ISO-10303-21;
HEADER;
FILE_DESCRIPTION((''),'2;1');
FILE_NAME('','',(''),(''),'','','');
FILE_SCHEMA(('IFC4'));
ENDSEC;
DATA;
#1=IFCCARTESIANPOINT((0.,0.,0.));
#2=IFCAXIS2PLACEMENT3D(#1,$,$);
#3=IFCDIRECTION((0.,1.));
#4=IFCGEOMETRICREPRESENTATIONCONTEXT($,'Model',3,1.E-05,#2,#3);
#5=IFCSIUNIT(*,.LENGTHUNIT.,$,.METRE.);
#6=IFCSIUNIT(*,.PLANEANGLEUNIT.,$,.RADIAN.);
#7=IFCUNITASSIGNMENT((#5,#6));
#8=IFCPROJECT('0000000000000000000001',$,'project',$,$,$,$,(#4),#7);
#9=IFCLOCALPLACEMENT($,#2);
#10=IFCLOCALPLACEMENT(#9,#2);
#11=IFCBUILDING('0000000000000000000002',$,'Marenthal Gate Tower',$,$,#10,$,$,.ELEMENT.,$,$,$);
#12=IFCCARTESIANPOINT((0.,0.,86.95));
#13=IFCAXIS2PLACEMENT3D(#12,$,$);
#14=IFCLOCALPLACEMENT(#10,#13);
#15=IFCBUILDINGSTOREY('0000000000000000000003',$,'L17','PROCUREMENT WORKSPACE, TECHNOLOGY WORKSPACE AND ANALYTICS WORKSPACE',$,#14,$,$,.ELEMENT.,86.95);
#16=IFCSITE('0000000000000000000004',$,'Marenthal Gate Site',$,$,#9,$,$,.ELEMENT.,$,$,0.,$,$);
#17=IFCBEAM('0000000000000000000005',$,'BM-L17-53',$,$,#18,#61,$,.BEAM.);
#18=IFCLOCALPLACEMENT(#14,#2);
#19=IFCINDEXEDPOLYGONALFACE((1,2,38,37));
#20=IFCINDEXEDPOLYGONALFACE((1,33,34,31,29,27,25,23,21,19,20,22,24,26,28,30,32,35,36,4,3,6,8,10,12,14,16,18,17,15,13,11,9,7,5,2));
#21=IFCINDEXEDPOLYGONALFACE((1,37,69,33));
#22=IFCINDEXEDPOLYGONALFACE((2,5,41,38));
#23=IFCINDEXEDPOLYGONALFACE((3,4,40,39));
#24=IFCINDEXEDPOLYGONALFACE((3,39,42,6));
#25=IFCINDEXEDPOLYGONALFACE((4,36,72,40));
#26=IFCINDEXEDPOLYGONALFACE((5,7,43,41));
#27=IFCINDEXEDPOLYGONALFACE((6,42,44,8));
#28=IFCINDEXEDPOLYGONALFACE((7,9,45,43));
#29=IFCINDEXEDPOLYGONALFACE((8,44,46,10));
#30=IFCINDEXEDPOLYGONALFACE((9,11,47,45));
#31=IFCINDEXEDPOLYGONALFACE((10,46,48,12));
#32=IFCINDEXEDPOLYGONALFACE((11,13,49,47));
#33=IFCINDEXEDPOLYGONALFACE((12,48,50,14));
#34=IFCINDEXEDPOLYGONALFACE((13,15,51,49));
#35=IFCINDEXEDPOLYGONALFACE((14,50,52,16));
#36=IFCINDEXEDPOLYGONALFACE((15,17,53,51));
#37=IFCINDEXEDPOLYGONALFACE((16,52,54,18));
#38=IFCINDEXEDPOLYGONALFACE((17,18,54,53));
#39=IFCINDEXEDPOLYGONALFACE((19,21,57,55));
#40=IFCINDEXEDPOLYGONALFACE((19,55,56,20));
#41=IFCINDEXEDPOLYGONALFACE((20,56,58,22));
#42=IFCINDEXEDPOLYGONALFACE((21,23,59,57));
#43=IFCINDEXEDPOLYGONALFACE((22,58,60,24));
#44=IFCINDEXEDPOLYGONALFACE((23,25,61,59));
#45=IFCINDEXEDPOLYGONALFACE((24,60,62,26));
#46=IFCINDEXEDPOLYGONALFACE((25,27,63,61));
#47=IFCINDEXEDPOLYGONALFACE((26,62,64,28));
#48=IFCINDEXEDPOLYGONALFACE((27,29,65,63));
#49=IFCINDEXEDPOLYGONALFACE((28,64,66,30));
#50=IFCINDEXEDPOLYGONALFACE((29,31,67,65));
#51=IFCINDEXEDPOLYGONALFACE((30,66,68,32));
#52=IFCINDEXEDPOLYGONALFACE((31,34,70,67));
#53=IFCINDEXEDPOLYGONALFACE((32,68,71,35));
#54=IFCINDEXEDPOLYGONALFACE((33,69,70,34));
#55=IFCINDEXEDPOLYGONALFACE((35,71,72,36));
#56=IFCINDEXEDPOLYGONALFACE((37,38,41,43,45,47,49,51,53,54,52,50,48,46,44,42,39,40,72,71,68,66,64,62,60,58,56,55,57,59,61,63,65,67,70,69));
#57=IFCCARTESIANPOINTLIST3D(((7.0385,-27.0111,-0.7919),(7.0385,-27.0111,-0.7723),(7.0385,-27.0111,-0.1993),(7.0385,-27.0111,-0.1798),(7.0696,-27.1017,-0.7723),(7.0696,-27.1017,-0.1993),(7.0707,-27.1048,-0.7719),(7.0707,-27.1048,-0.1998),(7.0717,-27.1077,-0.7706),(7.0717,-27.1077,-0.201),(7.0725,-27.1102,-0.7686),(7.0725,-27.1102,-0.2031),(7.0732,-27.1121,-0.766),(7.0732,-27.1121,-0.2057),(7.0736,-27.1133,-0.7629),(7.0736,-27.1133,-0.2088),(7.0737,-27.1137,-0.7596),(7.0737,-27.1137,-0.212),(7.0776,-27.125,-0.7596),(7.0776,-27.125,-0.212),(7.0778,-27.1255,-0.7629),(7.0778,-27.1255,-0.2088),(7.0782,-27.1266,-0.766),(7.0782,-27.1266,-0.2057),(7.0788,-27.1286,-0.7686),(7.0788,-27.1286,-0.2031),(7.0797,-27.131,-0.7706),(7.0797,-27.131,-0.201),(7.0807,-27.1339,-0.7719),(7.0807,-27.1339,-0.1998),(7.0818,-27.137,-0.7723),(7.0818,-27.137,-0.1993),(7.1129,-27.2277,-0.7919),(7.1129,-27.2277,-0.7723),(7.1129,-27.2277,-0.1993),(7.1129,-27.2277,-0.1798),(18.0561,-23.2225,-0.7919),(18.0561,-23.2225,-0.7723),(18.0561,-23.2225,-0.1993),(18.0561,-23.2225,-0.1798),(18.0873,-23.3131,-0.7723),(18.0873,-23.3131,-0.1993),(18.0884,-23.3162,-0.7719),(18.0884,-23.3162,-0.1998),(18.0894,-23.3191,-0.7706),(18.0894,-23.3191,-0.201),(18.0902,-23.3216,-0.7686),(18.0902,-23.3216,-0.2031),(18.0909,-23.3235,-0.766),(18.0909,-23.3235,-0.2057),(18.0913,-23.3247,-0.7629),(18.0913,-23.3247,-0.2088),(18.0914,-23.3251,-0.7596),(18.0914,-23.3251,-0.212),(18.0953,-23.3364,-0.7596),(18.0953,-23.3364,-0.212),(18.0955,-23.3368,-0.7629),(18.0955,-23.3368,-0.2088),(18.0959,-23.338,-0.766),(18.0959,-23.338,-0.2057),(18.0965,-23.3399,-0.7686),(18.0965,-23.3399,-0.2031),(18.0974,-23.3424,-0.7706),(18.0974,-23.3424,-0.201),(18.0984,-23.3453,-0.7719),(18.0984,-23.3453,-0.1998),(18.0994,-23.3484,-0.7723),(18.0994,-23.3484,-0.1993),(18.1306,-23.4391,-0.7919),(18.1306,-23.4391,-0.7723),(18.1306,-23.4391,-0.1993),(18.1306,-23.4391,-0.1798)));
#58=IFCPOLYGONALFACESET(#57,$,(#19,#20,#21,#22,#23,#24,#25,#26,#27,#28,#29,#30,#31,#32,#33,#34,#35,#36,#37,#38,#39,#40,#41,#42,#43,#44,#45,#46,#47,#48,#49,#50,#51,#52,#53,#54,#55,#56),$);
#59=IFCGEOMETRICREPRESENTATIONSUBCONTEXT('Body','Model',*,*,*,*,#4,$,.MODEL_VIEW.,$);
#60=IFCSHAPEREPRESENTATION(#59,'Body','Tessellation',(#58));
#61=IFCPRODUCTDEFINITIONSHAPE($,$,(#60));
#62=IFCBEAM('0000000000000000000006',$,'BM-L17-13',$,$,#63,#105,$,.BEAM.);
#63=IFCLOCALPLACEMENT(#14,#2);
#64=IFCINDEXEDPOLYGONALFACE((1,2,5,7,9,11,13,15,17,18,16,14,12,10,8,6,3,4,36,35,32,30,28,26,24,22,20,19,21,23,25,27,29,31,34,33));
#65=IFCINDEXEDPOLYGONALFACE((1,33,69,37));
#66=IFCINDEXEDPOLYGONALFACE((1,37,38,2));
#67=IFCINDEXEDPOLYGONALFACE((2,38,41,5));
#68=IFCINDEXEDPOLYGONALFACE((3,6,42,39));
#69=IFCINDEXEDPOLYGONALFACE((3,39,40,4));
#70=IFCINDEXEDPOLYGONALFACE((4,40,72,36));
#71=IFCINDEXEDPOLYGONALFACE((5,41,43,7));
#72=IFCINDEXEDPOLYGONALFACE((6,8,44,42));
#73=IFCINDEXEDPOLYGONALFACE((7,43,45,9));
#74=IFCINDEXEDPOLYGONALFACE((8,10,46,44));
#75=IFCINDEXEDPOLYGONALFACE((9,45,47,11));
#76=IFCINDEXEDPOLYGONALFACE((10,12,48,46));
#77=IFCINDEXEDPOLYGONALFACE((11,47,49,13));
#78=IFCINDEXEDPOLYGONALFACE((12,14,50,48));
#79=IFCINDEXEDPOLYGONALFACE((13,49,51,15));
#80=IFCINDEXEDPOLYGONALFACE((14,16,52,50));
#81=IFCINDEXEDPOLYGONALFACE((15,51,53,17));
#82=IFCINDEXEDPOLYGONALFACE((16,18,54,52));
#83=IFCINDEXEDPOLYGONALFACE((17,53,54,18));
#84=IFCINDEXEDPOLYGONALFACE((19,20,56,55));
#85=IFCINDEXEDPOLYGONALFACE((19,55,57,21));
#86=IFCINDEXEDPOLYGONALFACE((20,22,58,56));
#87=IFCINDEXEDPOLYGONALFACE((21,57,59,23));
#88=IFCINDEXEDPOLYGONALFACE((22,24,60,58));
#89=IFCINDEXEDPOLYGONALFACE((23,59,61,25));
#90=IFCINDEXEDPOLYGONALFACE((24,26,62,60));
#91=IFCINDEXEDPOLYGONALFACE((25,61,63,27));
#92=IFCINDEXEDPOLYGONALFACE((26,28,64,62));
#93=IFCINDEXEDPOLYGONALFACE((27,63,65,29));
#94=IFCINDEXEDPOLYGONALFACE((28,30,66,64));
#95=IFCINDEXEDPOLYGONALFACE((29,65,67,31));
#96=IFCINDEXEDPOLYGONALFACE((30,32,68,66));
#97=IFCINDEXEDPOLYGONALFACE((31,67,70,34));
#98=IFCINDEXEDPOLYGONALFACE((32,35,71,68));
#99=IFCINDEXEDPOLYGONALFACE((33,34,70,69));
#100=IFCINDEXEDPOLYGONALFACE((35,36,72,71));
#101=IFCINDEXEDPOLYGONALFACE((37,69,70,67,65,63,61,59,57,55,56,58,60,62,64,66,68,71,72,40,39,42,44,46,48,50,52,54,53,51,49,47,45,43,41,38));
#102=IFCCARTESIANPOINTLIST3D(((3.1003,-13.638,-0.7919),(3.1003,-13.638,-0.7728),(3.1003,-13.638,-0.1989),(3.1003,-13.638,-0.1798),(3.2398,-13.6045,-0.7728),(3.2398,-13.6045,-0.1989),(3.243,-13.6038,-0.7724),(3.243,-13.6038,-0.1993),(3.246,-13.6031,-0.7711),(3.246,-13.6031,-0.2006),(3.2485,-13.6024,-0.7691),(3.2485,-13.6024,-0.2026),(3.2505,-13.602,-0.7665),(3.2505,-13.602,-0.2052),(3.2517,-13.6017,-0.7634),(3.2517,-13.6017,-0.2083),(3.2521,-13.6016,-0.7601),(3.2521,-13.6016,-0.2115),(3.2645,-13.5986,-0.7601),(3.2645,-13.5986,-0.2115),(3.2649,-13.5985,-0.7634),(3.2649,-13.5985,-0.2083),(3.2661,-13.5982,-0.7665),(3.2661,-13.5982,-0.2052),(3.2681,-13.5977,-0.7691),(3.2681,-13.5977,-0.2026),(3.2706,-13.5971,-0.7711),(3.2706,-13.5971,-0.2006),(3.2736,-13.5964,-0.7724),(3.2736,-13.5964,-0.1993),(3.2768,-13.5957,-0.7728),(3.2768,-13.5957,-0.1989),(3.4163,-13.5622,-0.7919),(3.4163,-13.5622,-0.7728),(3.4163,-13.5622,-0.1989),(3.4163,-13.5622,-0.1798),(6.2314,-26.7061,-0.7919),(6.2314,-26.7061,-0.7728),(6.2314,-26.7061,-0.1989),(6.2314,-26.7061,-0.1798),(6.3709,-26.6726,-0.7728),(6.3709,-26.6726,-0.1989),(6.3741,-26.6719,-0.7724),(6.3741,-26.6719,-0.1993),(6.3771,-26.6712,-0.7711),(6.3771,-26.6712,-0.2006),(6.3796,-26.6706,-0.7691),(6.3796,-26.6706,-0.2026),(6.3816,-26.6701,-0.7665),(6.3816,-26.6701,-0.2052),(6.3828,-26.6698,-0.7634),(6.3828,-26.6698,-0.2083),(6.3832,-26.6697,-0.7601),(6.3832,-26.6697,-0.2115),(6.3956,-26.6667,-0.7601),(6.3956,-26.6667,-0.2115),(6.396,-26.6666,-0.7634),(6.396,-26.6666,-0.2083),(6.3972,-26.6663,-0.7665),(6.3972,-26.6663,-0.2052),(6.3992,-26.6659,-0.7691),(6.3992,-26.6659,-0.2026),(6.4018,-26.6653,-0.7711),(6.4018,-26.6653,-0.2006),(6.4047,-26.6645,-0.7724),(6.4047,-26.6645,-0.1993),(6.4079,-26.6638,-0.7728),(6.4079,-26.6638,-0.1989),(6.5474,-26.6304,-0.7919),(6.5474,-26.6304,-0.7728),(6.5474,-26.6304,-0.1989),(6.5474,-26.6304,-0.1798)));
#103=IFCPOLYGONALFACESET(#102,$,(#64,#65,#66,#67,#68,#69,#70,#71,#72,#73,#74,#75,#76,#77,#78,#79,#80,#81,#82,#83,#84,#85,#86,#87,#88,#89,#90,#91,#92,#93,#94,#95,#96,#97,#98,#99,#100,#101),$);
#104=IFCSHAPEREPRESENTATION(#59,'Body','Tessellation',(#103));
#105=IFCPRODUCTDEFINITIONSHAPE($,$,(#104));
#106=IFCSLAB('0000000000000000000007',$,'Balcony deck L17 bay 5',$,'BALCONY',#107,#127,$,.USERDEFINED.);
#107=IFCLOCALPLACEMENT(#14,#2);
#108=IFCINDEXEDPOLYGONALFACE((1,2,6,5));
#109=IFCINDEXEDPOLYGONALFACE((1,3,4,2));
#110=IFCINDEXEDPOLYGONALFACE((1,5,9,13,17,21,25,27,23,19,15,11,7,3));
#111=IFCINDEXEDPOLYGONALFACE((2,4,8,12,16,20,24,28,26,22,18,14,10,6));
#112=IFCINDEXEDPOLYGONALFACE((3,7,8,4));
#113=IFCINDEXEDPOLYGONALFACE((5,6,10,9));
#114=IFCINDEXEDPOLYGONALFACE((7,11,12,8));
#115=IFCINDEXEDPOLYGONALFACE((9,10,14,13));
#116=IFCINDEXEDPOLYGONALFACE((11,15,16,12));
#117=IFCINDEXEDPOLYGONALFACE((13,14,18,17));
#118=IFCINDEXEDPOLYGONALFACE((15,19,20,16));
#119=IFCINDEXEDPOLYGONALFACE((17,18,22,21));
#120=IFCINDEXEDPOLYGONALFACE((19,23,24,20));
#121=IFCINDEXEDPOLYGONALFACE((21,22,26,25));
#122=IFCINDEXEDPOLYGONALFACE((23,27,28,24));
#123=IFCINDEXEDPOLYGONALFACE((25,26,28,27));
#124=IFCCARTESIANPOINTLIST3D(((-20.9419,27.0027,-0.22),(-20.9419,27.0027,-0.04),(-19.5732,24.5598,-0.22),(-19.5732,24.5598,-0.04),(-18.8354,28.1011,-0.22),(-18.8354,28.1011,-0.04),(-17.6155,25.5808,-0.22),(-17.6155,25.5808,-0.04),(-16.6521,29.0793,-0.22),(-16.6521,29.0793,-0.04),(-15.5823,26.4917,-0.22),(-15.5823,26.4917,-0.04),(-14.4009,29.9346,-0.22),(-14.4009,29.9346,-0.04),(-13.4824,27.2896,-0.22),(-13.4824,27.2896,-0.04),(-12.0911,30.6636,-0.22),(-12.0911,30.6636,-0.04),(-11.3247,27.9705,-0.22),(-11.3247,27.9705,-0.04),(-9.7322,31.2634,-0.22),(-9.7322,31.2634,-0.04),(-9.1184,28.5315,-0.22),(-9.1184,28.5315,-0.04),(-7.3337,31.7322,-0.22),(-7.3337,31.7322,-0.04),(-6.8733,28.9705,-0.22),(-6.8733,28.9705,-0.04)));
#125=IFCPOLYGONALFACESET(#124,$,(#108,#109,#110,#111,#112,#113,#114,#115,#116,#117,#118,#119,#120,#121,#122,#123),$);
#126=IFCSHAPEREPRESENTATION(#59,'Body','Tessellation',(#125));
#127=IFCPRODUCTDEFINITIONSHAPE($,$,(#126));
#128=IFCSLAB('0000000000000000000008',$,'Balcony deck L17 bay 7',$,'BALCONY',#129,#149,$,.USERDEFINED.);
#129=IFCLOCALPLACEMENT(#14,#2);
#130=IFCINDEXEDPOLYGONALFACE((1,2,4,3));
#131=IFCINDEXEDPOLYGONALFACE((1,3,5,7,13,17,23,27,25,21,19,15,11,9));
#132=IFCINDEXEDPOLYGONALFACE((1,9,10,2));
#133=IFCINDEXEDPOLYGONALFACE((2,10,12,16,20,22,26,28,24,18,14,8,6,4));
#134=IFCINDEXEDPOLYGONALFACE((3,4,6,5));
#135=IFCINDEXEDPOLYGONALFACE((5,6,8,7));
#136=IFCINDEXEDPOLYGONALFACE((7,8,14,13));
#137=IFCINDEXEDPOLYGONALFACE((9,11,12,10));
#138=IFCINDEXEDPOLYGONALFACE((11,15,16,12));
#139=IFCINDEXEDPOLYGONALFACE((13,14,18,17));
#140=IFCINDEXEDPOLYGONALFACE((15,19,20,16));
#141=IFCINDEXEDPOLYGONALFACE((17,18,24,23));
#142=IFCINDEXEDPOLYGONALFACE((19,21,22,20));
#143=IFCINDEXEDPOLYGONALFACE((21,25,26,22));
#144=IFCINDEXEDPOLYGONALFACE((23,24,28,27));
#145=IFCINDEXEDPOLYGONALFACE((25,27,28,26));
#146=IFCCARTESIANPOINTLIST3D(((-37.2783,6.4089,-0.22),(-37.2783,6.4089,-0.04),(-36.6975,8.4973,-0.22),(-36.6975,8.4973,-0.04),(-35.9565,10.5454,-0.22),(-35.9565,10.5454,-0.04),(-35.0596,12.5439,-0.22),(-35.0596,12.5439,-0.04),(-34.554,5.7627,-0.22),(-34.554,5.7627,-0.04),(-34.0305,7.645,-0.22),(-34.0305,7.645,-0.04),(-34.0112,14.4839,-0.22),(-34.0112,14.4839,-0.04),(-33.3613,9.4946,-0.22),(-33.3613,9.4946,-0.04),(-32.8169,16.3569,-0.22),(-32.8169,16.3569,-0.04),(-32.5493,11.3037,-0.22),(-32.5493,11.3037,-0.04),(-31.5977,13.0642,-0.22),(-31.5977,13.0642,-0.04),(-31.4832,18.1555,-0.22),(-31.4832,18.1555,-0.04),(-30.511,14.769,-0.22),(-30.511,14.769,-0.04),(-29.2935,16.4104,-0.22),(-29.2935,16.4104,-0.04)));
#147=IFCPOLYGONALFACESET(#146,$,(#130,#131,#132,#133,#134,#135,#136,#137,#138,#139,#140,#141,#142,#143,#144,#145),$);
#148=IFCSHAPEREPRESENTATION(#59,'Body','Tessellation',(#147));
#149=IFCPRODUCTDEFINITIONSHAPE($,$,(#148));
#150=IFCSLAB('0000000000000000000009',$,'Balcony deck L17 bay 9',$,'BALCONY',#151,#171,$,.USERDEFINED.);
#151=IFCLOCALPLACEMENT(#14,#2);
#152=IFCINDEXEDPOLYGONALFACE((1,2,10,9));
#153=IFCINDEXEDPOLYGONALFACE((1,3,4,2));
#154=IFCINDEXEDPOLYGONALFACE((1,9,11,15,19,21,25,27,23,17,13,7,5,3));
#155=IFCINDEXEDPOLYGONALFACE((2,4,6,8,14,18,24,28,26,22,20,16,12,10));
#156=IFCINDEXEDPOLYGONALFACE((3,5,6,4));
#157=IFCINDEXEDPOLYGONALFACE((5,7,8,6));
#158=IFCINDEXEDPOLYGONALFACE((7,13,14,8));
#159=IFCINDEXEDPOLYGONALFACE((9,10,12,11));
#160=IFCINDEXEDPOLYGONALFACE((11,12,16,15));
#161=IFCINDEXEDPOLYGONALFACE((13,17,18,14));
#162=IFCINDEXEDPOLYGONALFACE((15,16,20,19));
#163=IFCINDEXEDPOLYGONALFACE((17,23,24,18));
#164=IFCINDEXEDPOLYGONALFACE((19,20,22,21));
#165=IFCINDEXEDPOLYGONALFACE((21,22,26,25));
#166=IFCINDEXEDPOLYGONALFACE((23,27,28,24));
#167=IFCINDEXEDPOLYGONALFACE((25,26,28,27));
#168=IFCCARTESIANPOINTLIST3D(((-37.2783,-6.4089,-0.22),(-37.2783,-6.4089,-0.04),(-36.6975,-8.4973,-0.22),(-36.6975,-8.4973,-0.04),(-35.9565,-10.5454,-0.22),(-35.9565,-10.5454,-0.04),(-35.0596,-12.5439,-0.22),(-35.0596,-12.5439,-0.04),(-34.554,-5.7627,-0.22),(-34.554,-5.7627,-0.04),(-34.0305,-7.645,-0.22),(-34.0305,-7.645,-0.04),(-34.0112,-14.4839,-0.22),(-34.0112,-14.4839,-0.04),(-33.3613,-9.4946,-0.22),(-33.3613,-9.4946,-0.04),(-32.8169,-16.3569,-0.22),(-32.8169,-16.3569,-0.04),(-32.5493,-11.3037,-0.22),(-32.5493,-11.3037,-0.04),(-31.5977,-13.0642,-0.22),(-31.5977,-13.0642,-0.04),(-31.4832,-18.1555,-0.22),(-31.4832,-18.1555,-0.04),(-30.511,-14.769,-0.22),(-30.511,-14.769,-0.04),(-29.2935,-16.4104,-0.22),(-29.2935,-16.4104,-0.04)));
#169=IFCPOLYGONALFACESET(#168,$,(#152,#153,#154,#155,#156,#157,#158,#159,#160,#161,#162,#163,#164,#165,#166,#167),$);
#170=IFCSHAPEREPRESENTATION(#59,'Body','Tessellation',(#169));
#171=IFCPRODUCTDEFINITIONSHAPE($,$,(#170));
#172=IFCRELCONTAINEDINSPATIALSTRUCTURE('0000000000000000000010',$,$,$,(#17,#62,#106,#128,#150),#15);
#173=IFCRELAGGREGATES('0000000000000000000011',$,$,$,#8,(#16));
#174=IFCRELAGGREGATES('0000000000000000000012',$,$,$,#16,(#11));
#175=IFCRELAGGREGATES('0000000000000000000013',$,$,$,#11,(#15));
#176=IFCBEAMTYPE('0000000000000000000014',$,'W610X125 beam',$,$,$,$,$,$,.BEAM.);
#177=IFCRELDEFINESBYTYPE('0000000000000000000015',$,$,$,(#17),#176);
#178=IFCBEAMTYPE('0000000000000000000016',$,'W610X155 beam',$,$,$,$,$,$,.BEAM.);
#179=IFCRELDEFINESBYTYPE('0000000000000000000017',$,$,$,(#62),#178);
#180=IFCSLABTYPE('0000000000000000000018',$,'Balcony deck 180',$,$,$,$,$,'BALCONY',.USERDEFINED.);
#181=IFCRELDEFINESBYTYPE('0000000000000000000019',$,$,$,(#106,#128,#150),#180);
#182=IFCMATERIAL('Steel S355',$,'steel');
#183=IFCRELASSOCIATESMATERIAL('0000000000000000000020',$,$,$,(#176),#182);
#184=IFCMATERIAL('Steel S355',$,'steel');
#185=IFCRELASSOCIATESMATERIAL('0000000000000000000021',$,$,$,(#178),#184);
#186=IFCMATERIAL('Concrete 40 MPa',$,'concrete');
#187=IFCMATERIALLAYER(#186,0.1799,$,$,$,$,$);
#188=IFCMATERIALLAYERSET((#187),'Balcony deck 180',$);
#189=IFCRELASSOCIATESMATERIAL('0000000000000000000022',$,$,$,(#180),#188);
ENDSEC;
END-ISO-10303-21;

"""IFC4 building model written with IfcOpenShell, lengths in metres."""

from ifc_helpers import new_model, si_unit, direction, frame, origin, origin_2d, place, context, subcontext, project, spatial, polyline, i_section, outline, extrude, material, layer, layer_set, material_profile, profile_set, type_object, element, save


model = new_model("IFC4")

# Units and contexts
model_context = context("Model", 3, precision=1e-05, world=origin(), true_north=direction((0.0, 1.0)))
body_context = subcontext(model_context, "Body", "Model", "MODEL_VIEW")
ifc_project = project(units=[si_unit("LENGTHUNIT", "METRE"), si_unit("PLANEANGLEUNIT", "RADIAN")], contexts=[model_context])

# Site, building, storey
site_placement = place(None, origin())
site = spatial("IfcSite", under=ifc_project, at=site_placement, Name="Marenthal Gate Site", CompositionType="ELEMENT", RefElevation=0.0)
building_placement = place(site_placement, origin())
building = spatial("IfcBuilding", under=site, at=building_placement, Name="Marenthal Gate Tower", CompositionType="ELEMENT")
storey_placement = place(building_placement, frame((0.0, 0.0, 86.95)))
storey = spatial("IfcBuildingStorey", under=building, at=storey_placement, Name="L17", Description="PROCUREMENT WORKSPACE, TECHNOLOGY WORKSPACE AND ANALYTICS WORKSPACE", CompositionType="ELEMENT", Elevation=86.95)

# Beams
ifc_material_1 = material(Name="Steel S355", Category="steel")
ifc_material_profile_1 = material_profile(ifc_material_1, i_section(OverallWidth=0.229, OverallDepth=0.6121, WebThickness=0.012, FlangeThickness=0.0195, FilletRadius=0.0127, at=origin_2d()), Name="W610X125")
ifc_profile_set_1 = profile_set([ifc_material_profile_1], Name="Steel S355")
beam_type_1 = type_object("IfcBeamType", Name="W610X125 beam", PredefinedType="BEAM", material=ifc_profile_set_1)
beam_1_placement = place(storey_placement, frame((7.0757, -27.1194, -0.4858), z_axis=(0.945653, 0.325178, 0.0), x_axis=(-0.325178, 0.945653, 0.0)))
element("IfcBeam", 1, at=beam_1_placement, inside=storey, type_object=beam_type_1, Name="BM-L17-53", PredefinedType="BEAM", context=body_context, shape_type="SweptSolid", body=[
    extrude(i_section(OverallWidth=0.229, OverallDepth=0.6121, WebThickness=0.012, FlangeThickness=0.0195, FilletRadius=0.0127, at=origin_2d()), origin(), (0.0, 0.0, 1.0), 11.6509),
])
ifc_material_2 = material(Name="Steel S355", Category="steel")
ifc_material_profile_2 = material_profile(ifc_material_2, i_section(OverallWidth=0.325, OverallDepth=0.6121, WebThickness=0.0127, FlangeThickness=0.019, FilletRadius=0.0127, at=origin_2d()), Name="W610X155")
ifc_profile_set_2 = profile_set([ifc_material_profile_2], Name="Steel S355")
beam_type_2 = type_object("IfcBeamType", Name="W610X155 beam", PredefinedType="BEAM", material=ifc_profile_set_2)
beam_2_placement = place(storey_placement, frame((6.3894, -26.6682, -0.4858), z_axis=(-0.233004, 0.972476, 0.0), x_axis=(-0.972476, -0.233004, 0.0)))
element("IfcBeam", 2, at=beam_2_placement, inside=storey, type_object=beam_type_2, Name="BM-L17-13", PredefinedType="BEAM", context=body_context, shape_type="SweptSolid", body=[
    extrude(i_section(OverallWidth=0.325, OverallDepth=0.6121, WebThickness=0.0127, FlangeThickness=0.019, FilletRadius=0.0127, at=origin_2d()), origin(), (0.0, 0.0, 1.0), 13.438),
])

# Slabs
ifc_material_3 = material(Name="Concrete 40 MPa", Category="concrete")
ifc_layer_1 = layer(ifc_material_3, 0.1799)
ifc_layer_set_1 = layer_set([ifc_layer_1], Name="Balcony deck 180")
slab_type_1 = type_object("IfcSlabType", Name="Balcony deck 180", ElementType="BALCONY", PredefinedType="USERDEFINED", material=ifc_layer_set_1)
slab_1_placement = place(storey_placement, frame((0.0, 0.0, -0.22)))
element("IfcSlab", 3, at=slab_1_placement, inside=storey, type_object=slab_type_1, Name="Balcony deck L17 bay 5", ObjectType="BALCONY", PredefinedType="USERDEFINED", context=body_context, shape_type="SweptSolid", body=[
    extrude(outline(polyline([(-6.8733, 28.9705), (-9.1184, 28.5315), (-11.3247, 27.9705), (-13.4824, 27.2896), (-15.5823, 26.4917), (-17.6155, 25.5808), (-19.5732, 24.5598), (-20.9419, 27.0027), (-18.8354, 28.1011), (-16.6521, 29.0793), (-14.4009, 29.9346), (-12.0911, 30.6636), (-9.7322, 31.2634), (-7.3337, 31.7322), (-6.8733, 28.9705)])), origin(), (0.0, 0.0, 1.0), 0.1799),
])
slab_2_placement = place(storey_placement, frame((0.0, 0.0, -0.22)))
element("IfcSlab", 4, at=slab_2_placement, inside=storey, type_object=slab_type_1, Name="Balcony deck L17 bay 7", ObjectType="BALCONY", PredefinedType="USERDEFINED", context=body_context, shape_type="SweptSolid", body=[
    extrude(outline(polyline([(-29.2935, 16.4104), (-30.511, 14.769), (-31.5977, 13.0642), (-32.5493, 11.3037), (-33.3613, 9.4946), (-34.0305, 7.645), (-34.554, 5.7627), (-37.2783, 6.4089), (-36.6975, 8.4973), (-35.9565, 10.5454), (-35.0596, 12.5439), (-34.0112, 14.4839), (-32.8169, 16.3569), (-31.4832, 18.1555), (-29.2935, 16.4104)])), origin(), (0.0, 0.0, 1.0), 0.1799),
])
slab_3_placement = place(storey_placement, frame((0.0, 0.0, -0.22)))
element("IfcSlab", 5, at=slab_3_placement, inside=storey, type_object=slab_type_1, Name="Balcony deck L17 bay 9", ObjectType="BALCONY", PredefinedType="USERDEFINED", context=body_context, shape_type="SweptSolid", body=[
    extrude(outline(polyline([(-34.554, -5.7627), (-34.0305, -7.645), (-33.3613, -9.4946), (-32.5493, -11.3037), (-31.5977, -13.0642), (-30.511, -14.769), (-29.2935, -16.4104), (-31.4832, -18.1555), (-32.8169, -16.3569), (-34.0112, -14.4839), (-35.0596, -12.5439), (-35.9565, -10.5454), (-36.6975, -8.4973), (-37.2783, -6.4089), (-34.554, -5.7627)])), origin(), (0.0, 0.0, 1.0), 0.1799),
])

save(model, "model.ifc")
